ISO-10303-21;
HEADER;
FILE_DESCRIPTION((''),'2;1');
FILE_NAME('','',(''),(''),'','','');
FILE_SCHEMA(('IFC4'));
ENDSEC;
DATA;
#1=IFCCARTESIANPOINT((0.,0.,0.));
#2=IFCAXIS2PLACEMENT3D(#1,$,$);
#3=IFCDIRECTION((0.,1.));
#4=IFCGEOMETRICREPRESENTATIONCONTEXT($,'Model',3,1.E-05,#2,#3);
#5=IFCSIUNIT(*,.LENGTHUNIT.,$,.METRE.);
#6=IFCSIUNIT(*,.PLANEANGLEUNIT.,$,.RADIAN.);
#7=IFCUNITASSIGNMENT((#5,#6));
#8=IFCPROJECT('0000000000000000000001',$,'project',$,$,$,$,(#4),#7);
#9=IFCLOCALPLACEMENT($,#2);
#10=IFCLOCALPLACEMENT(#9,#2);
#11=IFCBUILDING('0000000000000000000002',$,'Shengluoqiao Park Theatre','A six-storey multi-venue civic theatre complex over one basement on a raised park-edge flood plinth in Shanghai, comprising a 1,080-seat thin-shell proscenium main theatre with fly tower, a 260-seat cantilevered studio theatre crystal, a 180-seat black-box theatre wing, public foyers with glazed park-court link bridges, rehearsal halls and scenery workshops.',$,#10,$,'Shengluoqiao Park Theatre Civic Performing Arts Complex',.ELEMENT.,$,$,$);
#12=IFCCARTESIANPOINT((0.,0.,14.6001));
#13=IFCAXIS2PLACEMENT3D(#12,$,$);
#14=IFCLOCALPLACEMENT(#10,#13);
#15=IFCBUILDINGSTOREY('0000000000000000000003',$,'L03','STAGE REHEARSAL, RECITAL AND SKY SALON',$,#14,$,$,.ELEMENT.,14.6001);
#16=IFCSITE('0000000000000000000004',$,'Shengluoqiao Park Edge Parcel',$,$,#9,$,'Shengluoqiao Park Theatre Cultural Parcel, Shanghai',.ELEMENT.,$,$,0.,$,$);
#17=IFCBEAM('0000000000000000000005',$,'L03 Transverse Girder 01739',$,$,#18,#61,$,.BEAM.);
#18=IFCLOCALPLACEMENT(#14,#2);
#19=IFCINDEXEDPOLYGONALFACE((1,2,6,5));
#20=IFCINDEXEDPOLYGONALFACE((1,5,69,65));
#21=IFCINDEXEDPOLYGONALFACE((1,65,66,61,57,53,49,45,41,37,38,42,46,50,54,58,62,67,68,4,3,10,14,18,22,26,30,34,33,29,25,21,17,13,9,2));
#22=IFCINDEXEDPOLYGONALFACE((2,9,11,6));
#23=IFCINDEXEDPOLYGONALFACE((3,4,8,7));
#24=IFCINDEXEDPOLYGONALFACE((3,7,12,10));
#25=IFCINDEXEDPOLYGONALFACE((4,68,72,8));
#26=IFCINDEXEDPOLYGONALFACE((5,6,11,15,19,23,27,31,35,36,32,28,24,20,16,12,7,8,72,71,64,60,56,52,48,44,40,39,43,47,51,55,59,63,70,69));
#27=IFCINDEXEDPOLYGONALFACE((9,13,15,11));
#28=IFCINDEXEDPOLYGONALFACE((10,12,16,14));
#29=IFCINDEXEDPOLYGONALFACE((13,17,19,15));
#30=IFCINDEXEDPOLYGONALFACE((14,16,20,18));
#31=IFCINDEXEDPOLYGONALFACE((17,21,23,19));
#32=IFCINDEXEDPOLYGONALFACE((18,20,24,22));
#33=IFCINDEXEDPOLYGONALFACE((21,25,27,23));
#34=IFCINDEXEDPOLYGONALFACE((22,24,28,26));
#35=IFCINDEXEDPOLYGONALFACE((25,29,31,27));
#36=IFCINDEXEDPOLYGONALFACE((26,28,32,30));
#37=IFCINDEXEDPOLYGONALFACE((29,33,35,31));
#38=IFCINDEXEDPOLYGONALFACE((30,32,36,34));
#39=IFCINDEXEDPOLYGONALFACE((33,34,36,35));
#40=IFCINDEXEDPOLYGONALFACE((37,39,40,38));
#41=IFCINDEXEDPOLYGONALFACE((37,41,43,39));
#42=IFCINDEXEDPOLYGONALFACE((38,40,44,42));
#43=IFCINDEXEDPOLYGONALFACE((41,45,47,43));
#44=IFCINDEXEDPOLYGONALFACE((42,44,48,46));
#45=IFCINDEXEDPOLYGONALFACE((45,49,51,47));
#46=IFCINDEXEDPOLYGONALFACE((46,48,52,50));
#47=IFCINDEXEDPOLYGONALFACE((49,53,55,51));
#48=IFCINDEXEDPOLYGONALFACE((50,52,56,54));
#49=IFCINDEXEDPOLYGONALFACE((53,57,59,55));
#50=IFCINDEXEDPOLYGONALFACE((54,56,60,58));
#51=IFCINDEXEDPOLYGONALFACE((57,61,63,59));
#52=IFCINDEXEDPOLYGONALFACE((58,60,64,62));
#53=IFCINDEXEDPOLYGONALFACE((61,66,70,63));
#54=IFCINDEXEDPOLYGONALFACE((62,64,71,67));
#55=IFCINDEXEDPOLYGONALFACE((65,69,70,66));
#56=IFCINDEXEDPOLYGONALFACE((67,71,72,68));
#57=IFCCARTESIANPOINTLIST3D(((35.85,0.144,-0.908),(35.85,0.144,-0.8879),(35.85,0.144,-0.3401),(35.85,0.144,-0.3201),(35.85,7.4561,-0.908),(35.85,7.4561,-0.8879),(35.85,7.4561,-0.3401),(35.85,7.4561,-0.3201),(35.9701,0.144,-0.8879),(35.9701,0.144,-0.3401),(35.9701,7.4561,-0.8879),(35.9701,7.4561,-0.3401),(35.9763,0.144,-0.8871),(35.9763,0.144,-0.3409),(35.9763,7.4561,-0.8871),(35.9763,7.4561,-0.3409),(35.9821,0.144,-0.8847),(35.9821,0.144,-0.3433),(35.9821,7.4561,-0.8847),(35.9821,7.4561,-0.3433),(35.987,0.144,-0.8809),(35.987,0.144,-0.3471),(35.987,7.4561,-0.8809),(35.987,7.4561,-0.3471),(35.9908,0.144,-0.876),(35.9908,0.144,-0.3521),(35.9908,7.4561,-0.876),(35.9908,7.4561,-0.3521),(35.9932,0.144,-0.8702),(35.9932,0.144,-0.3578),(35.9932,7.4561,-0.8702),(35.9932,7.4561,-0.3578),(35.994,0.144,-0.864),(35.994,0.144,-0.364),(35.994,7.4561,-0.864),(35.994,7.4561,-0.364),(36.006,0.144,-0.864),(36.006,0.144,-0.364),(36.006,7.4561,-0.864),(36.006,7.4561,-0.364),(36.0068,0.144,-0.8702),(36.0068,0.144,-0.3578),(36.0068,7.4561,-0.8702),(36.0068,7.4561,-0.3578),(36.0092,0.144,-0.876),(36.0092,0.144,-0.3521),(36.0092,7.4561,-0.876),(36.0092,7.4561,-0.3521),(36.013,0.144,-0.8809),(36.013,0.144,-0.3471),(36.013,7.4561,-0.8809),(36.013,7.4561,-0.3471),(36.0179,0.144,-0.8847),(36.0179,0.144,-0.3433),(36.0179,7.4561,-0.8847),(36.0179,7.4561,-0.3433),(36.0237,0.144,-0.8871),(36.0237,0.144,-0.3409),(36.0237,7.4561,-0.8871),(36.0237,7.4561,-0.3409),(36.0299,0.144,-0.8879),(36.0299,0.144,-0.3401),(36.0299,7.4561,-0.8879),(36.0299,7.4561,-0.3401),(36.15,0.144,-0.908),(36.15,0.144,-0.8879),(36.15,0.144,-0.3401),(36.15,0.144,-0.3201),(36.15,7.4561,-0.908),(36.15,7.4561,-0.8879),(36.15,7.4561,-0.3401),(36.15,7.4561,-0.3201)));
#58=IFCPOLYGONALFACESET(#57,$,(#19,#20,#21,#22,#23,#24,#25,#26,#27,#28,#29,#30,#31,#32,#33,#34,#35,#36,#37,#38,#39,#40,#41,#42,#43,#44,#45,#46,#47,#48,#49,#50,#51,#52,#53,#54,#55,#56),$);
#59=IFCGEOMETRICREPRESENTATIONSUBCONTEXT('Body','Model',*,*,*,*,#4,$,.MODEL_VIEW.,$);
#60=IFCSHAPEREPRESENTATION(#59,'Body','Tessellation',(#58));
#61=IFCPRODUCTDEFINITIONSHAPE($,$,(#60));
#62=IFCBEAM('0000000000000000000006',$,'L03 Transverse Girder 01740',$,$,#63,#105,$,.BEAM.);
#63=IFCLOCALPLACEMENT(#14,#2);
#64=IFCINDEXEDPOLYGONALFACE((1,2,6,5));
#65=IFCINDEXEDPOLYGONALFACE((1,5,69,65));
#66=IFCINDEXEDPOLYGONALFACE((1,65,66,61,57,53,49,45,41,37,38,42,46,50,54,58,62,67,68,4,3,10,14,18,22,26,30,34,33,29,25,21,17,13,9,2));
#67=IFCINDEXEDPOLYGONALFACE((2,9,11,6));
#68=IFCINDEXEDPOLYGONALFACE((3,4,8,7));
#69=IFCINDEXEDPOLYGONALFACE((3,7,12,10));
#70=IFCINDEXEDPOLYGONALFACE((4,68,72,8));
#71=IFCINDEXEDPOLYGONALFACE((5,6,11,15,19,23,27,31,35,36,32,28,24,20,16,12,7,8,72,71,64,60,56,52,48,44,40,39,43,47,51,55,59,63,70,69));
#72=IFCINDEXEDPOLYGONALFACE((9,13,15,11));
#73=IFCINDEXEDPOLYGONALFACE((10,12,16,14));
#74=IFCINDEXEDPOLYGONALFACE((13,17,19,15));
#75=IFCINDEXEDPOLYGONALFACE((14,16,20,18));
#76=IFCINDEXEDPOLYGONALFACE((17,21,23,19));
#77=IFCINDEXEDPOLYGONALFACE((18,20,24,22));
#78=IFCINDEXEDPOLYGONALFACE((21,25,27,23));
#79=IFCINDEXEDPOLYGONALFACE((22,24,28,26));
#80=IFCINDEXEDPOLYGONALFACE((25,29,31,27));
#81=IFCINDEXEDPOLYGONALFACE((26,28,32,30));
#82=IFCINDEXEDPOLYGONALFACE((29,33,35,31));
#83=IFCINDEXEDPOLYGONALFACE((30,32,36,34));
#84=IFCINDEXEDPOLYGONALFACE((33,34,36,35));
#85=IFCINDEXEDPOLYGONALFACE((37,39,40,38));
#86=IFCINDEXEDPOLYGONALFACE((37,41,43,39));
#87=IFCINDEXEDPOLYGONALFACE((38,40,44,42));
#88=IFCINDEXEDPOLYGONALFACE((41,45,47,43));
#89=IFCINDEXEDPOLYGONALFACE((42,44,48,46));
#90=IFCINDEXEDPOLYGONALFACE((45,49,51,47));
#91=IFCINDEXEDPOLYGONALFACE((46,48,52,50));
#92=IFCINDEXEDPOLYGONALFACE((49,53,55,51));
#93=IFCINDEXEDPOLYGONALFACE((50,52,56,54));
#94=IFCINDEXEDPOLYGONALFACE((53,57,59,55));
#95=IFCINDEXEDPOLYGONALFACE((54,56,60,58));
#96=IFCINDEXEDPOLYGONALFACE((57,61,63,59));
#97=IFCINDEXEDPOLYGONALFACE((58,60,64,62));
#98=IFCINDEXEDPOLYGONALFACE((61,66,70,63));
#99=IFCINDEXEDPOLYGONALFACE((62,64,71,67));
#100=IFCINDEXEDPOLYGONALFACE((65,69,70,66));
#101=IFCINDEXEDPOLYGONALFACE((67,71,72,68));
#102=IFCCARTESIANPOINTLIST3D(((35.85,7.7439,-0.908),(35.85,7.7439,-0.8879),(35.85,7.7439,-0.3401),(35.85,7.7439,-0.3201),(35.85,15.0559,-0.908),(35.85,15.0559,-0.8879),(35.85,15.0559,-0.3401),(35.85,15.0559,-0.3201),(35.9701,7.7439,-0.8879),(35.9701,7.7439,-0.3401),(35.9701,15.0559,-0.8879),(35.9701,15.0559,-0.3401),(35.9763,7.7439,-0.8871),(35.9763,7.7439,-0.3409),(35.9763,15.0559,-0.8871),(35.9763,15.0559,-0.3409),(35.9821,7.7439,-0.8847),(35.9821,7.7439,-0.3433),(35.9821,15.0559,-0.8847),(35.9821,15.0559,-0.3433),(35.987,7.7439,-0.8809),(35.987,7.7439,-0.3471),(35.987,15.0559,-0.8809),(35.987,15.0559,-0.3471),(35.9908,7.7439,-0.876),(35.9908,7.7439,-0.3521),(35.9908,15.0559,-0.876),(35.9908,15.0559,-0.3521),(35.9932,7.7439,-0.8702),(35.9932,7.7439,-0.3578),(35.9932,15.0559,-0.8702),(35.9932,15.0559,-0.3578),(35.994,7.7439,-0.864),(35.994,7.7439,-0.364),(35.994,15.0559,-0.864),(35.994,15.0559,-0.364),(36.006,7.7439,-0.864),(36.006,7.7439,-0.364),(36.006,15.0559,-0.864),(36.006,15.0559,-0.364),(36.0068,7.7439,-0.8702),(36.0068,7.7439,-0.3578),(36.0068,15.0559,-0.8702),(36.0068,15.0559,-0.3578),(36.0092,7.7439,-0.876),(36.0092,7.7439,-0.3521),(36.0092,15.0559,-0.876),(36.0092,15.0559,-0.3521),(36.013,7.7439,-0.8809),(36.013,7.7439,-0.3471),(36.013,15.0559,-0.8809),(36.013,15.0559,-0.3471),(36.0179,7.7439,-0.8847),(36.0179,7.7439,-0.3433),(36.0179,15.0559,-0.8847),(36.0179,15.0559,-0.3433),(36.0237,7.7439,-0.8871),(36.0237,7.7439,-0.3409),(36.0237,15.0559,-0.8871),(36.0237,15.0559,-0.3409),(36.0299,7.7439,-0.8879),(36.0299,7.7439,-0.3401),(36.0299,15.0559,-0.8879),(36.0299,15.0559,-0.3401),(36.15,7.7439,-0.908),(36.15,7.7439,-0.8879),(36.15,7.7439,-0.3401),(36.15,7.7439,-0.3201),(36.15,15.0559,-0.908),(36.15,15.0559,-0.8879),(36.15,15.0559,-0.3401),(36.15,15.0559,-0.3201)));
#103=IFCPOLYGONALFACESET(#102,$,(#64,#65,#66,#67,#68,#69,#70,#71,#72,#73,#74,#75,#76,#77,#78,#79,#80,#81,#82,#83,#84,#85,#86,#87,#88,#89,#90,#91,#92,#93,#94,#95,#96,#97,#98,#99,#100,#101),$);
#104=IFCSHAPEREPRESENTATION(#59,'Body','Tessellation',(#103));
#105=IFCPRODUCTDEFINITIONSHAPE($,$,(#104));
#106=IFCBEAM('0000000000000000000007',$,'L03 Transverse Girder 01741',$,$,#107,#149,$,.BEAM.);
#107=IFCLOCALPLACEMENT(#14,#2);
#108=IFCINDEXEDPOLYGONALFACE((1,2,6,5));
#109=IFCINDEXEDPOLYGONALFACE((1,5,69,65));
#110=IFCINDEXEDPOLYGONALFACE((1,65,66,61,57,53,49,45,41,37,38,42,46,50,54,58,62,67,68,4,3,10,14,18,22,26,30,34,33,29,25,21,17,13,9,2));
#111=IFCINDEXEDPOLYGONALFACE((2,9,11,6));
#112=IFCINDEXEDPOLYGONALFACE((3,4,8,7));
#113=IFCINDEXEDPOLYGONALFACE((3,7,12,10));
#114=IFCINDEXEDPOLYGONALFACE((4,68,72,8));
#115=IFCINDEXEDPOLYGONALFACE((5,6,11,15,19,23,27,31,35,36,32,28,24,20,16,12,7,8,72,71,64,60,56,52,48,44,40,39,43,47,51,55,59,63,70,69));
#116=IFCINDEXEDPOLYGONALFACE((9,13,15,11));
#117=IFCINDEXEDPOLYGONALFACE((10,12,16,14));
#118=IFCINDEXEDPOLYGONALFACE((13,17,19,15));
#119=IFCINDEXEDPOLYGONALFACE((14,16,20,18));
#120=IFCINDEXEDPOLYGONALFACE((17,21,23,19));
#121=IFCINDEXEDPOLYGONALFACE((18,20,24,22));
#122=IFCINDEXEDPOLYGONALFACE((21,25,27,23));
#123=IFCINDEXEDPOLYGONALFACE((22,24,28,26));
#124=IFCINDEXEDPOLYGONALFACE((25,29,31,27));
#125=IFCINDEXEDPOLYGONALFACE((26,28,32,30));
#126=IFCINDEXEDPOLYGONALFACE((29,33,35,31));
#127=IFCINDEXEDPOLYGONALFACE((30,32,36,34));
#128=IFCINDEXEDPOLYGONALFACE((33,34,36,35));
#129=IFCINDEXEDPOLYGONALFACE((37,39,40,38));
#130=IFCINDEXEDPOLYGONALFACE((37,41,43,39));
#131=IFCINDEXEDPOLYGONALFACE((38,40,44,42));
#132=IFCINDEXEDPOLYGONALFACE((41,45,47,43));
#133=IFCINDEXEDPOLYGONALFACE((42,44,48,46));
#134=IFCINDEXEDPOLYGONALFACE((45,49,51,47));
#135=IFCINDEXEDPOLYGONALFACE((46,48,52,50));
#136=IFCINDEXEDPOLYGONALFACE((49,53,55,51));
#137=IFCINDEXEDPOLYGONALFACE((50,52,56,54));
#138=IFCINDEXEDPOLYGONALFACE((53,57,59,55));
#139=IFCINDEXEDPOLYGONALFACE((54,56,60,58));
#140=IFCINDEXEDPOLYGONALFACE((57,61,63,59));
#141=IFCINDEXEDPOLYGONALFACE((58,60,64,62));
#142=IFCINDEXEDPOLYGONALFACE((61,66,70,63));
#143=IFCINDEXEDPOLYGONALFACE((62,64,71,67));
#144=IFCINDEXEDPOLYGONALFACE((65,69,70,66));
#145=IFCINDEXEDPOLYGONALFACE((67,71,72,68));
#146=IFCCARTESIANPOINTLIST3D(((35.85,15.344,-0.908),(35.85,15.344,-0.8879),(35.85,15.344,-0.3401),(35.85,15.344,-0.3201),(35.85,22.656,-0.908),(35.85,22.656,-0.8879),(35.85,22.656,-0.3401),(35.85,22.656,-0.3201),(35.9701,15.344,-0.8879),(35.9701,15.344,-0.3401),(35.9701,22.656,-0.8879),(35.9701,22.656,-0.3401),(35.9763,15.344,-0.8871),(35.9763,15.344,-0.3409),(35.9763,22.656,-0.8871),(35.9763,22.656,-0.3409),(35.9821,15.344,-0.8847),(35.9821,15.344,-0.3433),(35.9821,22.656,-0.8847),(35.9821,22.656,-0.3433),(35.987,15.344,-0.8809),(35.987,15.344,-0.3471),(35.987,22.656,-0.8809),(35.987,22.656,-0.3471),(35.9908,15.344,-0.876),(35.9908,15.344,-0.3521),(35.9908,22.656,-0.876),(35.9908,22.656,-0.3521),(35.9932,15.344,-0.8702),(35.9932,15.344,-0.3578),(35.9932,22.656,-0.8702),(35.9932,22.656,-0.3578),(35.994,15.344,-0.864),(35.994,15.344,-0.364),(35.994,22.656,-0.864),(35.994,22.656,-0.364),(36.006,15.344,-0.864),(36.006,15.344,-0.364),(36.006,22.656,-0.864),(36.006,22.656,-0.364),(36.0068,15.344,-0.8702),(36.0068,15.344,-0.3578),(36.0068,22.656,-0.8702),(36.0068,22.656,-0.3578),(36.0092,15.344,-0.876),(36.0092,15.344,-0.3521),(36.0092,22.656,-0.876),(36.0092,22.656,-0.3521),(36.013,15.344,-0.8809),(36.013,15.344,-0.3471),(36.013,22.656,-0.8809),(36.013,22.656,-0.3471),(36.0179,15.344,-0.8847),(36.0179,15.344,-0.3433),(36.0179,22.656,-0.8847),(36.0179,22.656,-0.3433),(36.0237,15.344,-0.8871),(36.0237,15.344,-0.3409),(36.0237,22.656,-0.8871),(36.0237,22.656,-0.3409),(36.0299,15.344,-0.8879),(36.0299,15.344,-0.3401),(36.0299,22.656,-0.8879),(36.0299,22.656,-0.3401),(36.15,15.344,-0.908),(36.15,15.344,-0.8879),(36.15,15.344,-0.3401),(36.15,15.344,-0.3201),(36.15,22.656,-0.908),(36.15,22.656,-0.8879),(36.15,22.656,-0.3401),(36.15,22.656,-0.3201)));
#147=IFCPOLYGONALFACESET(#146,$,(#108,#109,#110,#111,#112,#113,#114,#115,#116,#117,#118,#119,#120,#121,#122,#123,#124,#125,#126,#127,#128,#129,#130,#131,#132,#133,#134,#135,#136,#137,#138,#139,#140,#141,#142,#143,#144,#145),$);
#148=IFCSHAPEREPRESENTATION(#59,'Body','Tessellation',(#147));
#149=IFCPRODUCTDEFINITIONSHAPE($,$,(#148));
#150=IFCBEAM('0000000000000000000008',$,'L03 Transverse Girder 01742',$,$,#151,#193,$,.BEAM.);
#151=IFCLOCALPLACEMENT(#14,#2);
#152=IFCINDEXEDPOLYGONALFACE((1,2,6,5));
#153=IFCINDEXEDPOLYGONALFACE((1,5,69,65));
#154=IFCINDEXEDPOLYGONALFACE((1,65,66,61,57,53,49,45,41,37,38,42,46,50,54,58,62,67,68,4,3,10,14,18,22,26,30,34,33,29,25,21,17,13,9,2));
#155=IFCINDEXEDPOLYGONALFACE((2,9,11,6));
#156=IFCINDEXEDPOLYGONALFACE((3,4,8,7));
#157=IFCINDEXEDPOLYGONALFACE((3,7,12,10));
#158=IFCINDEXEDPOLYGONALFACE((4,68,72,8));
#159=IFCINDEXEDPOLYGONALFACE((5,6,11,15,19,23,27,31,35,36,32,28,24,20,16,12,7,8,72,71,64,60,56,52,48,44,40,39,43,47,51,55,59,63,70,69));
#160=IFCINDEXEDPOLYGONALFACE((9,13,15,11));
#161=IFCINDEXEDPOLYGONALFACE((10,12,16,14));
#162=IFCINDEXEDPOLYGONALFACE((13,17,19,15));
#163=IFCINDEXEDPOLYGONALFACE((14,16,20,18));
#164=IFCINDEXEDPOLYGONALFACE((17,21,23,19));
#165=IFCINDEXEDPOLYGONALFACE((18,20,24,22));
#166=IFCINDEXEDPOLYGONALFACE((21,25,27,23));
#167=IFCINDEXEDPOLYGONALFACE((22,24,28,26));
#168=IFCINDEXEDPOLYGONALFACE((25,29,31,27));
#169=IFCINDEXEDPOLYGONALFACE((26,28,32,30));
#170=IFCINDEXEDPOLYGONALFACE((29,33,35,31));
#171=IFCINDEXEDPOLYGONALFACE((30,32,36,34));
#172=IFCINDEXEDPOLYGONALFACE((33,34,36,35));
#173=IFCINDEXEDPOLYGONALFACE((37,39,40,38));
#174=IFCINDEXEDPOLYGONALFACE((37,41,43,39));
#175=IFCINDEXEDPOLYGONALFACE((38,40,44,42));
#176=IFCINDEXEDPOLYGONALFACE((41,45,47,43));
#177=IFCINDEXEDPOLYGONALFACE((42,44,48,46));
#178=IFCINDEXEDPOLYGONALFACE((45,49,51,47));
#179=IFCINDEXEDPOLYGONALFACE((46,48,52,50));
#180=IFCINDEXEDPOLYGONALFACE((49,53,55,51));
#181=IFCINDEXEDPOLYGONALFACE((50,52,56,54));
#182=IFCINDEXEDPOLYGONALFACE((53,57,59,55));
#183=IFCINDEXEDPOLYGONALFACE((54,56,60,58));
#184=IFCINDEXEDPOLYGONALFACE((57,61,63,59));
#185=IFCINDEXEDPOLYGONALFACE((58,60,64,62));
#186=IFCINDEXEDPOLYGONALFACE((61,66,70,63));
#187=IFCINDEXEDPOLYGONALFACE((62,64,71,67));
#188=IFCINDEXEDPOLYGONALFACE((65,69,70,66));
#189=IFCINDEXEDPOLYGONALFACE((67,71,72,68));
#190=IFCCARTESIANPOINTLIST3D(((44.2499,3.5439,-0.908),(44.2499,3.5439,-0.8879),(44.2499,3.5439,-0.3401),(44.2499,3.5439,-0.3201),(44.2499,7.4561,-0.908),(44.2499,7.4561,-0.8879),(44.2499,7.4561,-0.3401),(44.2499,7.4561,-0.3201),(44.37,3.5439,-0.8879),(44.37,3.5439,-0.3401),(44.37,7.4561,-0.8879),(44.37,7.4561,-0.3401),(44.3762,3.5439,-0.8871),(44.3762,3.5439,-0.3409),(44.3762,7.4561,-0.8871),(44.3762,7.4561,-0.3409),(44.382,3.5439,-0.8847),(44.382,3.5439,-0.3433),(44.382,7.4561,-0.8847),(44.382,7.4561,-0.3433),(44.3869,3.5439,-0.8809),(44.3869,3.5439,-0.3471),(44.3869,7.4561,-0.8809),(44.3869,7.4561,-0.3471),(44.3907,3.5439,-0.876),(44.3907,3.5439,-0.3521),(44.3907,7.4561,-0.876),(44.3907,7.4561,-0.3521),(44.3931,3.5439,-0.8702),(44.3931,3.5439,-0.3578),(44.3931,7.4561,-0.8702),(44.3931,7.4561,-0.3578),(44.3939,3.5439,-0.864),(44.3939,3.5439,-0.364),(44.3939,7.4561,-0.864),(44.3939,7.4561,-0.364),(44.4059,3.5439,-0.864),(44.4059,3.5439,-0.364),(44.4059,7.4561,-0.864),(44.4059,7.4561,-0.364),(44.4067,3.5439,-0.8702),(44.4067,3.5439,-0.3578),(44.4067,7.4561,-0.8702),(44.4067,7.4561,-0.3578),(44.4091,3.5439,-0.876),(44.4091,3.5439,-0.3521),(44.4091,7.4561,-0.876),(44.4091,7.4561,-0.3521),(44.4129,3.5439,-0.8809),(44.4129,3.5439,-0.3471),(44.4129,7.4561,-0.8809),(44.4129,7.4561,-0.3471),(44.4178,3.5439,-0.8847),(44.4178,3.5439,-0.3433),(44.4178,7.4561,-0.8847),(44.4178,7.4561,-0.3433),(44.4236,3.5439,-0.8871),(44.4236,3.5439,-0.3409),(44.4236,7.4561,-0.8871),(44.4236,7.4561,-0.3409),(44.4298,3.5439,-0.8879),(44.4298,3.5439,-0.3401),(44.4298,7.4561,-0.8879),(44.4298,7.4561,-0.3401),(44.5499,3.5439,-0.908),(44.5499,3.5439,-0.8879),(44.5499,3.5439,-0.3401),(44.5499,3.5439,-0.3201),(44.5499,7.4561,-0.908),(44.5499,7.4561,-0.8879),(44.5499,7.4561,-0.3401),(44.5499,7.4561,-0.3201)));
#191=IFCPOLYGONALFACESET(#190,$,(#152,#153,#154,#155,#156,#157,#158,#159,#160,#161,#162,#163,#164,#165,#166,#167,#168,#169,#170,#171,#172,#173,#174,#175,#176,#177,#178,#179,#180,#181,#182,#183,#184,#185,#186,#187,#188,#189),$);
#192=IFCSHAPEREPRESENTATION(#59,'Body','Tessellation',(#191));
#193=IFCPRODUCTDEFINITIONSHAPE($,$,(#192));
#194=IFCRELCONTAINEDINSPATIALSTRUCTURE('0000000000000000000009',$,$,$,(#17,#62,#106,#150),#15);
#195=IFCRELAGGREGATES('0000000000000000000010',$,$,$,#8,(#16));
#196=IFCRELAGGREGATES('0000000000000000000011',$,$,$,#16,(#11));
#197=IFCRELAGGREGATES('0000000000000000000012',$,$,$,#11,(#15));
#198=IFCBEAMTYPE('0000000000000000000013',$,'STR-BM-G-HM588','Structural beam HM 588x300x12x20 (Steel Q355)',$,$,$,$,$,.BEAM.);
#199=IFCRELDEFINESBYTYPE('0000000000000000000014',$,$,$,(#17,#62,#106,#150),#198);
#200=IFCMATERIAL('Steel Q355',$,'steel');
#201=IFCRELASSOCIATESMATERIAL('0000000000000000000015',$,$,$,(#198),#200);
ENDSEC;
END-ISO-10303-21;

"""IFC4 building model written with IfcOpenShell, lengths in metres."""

from ifc_helpers import new_model, si_unit, direction, frame, origin, origin_2d, place, context, subcontext, project, spatial, i_section, extrude, material, material_profile, profile_set, type_object, element, save


model = new_model("IFC4")

# Units and contexts
model_context = context("Model", 3, precision=1e-05, world=origin(), true_north=direction((0.0, 1.0)))
body_context = subcontext(model_context, "Body", "Model", "MODEL_VIEW")
ifc_project = project(units=[si_unit("LENGTHUNIT", "METRE"), si_unit("PLANEANGLEUNIT", "RADIAN")], contexts=[model_context])

# Site, building, storey
site_placement = place(None, origin())
site = spatial("IfcSite", under=ifc_project, at=site_placement, Name="Shengluoqiao Park Edge Parcel", LongName="Shengluoqiao Park Theatre Cultural Parcel, Shanghai", CompositionType="ELEMENT", RefElevation=0.0)
building_placement = place(site_placement, origin())
building = spatial("IfcBuilding", under=site, at=building_placement, Name="Shengluoqiao Park Theatre", Description="A six-storey multi-venue civic theatre complex over one basement on a raised park-edge flood plinth in Shanghai, comprising a 1,080-seat thin-shell proscenium main theatre with fly tower, a 260-seat cantilevered studio theatre crystal, a 180-seat black-box theatre wing, public foyers with glazed park-court link bridges, rehearsal halls and scenery workshops.", LongName="Shengluoqiao Park Theatre Civic Performing Arts Complex", CompositionType="ELEMENT")
storey_placement = place(building_placement, frame((0.0, 0.0, 14.6001)))
storey = spatial("IfcBuildingStorey", under=building, at=storey_placement, Name="L03", Description="STAGE REHEARSAL, RECITAL AND SKY SALON", CompositionType="ELEMENT", Elevation=14.6001)

# Beams
ifc_material_1 = material(Name="Steel Q355", Category="steel")
ifc_material_profile_1 = material_profile(ifc_material_1, i_section(OverallWidth=0.3, OverallDepth=0.5879, WebThickness=0.012, FlangeThickness=0.02, FilletRadius=0.0239, at=origin_2d()), Name="HM 588x300x12x20")
ifc_profile_set_1 = profile_set([ifc_material_profile_1], Name="Steel Q355")
beam_type_1 = type_object("IfcBeamType", Name="STR-BM-G-HM588", Description="Structural beam HM 588x300x12x20 (Steel Q355)", PredefinedType="BEAM", material=ifc_profile_set_1)
for number, where, z_axis, x_axis, name in (
    (1, (36.0, 0.144, -0.614), (0.0, 1.0, 0.0), (-1.0, 0.0, 0.0), "L03 Transverse Girder 01739"),
    (2, (36.0, 7.7439, -0.614), (0.0, 1.0, 0.0), (-1.0, 0.0, 0.0), "L03 Transverse Girder 01740"),
    (3, (36.0, 15.344, -0.614), (0.0, 1.0, 0.0), (-1.0, 0.0, 0.0), "L03 Transverse Girder 01741"),
):
    element("IfcBeam", number, at=place(storey_placement, frame(where, z_axis=z_axis, x_axis=x_axis)), inside=storey, type_object=beam_type_1, Name=name, PredefinedType="BEAM", context=body_context, shape_type="SweptSolid", body=[
        extrude(i_section(OverallWidth=0.3, OverallDepth=0.5879, WebThickness=0.012, FlangeThickness=0.02, FilletRadius=0.0239, at=origin_2d()), origin(), (0.0, 0.0, 1.0), 7.312),
    ])
beam_1_placement = place(storey_placement, frame((44.3999, 3.5439, -0.614), z_axis=(0.0, 1.0, 0.0), x_axis=(-1.0, 0.0, 0.0)))
element("IfcBeam", 4, at=beam_1_placement, inside=storey, type_object=beam_type_1, Name="L03 Transverse Girder 01742", PredefinedType="BEAM", context=body_context, shape_type="SweptSolid", body=[
    extrude(i_section(OverallWidth=0.3, OverallDepth=0.5879, WebThickness=0.012, FlangeThickness=0.02, FilletRadius=0.0239, at=origin_2d()), origin(), (0.0, 0.0, 1.0), 3.9121),
])

save(model, "model.ifc")
